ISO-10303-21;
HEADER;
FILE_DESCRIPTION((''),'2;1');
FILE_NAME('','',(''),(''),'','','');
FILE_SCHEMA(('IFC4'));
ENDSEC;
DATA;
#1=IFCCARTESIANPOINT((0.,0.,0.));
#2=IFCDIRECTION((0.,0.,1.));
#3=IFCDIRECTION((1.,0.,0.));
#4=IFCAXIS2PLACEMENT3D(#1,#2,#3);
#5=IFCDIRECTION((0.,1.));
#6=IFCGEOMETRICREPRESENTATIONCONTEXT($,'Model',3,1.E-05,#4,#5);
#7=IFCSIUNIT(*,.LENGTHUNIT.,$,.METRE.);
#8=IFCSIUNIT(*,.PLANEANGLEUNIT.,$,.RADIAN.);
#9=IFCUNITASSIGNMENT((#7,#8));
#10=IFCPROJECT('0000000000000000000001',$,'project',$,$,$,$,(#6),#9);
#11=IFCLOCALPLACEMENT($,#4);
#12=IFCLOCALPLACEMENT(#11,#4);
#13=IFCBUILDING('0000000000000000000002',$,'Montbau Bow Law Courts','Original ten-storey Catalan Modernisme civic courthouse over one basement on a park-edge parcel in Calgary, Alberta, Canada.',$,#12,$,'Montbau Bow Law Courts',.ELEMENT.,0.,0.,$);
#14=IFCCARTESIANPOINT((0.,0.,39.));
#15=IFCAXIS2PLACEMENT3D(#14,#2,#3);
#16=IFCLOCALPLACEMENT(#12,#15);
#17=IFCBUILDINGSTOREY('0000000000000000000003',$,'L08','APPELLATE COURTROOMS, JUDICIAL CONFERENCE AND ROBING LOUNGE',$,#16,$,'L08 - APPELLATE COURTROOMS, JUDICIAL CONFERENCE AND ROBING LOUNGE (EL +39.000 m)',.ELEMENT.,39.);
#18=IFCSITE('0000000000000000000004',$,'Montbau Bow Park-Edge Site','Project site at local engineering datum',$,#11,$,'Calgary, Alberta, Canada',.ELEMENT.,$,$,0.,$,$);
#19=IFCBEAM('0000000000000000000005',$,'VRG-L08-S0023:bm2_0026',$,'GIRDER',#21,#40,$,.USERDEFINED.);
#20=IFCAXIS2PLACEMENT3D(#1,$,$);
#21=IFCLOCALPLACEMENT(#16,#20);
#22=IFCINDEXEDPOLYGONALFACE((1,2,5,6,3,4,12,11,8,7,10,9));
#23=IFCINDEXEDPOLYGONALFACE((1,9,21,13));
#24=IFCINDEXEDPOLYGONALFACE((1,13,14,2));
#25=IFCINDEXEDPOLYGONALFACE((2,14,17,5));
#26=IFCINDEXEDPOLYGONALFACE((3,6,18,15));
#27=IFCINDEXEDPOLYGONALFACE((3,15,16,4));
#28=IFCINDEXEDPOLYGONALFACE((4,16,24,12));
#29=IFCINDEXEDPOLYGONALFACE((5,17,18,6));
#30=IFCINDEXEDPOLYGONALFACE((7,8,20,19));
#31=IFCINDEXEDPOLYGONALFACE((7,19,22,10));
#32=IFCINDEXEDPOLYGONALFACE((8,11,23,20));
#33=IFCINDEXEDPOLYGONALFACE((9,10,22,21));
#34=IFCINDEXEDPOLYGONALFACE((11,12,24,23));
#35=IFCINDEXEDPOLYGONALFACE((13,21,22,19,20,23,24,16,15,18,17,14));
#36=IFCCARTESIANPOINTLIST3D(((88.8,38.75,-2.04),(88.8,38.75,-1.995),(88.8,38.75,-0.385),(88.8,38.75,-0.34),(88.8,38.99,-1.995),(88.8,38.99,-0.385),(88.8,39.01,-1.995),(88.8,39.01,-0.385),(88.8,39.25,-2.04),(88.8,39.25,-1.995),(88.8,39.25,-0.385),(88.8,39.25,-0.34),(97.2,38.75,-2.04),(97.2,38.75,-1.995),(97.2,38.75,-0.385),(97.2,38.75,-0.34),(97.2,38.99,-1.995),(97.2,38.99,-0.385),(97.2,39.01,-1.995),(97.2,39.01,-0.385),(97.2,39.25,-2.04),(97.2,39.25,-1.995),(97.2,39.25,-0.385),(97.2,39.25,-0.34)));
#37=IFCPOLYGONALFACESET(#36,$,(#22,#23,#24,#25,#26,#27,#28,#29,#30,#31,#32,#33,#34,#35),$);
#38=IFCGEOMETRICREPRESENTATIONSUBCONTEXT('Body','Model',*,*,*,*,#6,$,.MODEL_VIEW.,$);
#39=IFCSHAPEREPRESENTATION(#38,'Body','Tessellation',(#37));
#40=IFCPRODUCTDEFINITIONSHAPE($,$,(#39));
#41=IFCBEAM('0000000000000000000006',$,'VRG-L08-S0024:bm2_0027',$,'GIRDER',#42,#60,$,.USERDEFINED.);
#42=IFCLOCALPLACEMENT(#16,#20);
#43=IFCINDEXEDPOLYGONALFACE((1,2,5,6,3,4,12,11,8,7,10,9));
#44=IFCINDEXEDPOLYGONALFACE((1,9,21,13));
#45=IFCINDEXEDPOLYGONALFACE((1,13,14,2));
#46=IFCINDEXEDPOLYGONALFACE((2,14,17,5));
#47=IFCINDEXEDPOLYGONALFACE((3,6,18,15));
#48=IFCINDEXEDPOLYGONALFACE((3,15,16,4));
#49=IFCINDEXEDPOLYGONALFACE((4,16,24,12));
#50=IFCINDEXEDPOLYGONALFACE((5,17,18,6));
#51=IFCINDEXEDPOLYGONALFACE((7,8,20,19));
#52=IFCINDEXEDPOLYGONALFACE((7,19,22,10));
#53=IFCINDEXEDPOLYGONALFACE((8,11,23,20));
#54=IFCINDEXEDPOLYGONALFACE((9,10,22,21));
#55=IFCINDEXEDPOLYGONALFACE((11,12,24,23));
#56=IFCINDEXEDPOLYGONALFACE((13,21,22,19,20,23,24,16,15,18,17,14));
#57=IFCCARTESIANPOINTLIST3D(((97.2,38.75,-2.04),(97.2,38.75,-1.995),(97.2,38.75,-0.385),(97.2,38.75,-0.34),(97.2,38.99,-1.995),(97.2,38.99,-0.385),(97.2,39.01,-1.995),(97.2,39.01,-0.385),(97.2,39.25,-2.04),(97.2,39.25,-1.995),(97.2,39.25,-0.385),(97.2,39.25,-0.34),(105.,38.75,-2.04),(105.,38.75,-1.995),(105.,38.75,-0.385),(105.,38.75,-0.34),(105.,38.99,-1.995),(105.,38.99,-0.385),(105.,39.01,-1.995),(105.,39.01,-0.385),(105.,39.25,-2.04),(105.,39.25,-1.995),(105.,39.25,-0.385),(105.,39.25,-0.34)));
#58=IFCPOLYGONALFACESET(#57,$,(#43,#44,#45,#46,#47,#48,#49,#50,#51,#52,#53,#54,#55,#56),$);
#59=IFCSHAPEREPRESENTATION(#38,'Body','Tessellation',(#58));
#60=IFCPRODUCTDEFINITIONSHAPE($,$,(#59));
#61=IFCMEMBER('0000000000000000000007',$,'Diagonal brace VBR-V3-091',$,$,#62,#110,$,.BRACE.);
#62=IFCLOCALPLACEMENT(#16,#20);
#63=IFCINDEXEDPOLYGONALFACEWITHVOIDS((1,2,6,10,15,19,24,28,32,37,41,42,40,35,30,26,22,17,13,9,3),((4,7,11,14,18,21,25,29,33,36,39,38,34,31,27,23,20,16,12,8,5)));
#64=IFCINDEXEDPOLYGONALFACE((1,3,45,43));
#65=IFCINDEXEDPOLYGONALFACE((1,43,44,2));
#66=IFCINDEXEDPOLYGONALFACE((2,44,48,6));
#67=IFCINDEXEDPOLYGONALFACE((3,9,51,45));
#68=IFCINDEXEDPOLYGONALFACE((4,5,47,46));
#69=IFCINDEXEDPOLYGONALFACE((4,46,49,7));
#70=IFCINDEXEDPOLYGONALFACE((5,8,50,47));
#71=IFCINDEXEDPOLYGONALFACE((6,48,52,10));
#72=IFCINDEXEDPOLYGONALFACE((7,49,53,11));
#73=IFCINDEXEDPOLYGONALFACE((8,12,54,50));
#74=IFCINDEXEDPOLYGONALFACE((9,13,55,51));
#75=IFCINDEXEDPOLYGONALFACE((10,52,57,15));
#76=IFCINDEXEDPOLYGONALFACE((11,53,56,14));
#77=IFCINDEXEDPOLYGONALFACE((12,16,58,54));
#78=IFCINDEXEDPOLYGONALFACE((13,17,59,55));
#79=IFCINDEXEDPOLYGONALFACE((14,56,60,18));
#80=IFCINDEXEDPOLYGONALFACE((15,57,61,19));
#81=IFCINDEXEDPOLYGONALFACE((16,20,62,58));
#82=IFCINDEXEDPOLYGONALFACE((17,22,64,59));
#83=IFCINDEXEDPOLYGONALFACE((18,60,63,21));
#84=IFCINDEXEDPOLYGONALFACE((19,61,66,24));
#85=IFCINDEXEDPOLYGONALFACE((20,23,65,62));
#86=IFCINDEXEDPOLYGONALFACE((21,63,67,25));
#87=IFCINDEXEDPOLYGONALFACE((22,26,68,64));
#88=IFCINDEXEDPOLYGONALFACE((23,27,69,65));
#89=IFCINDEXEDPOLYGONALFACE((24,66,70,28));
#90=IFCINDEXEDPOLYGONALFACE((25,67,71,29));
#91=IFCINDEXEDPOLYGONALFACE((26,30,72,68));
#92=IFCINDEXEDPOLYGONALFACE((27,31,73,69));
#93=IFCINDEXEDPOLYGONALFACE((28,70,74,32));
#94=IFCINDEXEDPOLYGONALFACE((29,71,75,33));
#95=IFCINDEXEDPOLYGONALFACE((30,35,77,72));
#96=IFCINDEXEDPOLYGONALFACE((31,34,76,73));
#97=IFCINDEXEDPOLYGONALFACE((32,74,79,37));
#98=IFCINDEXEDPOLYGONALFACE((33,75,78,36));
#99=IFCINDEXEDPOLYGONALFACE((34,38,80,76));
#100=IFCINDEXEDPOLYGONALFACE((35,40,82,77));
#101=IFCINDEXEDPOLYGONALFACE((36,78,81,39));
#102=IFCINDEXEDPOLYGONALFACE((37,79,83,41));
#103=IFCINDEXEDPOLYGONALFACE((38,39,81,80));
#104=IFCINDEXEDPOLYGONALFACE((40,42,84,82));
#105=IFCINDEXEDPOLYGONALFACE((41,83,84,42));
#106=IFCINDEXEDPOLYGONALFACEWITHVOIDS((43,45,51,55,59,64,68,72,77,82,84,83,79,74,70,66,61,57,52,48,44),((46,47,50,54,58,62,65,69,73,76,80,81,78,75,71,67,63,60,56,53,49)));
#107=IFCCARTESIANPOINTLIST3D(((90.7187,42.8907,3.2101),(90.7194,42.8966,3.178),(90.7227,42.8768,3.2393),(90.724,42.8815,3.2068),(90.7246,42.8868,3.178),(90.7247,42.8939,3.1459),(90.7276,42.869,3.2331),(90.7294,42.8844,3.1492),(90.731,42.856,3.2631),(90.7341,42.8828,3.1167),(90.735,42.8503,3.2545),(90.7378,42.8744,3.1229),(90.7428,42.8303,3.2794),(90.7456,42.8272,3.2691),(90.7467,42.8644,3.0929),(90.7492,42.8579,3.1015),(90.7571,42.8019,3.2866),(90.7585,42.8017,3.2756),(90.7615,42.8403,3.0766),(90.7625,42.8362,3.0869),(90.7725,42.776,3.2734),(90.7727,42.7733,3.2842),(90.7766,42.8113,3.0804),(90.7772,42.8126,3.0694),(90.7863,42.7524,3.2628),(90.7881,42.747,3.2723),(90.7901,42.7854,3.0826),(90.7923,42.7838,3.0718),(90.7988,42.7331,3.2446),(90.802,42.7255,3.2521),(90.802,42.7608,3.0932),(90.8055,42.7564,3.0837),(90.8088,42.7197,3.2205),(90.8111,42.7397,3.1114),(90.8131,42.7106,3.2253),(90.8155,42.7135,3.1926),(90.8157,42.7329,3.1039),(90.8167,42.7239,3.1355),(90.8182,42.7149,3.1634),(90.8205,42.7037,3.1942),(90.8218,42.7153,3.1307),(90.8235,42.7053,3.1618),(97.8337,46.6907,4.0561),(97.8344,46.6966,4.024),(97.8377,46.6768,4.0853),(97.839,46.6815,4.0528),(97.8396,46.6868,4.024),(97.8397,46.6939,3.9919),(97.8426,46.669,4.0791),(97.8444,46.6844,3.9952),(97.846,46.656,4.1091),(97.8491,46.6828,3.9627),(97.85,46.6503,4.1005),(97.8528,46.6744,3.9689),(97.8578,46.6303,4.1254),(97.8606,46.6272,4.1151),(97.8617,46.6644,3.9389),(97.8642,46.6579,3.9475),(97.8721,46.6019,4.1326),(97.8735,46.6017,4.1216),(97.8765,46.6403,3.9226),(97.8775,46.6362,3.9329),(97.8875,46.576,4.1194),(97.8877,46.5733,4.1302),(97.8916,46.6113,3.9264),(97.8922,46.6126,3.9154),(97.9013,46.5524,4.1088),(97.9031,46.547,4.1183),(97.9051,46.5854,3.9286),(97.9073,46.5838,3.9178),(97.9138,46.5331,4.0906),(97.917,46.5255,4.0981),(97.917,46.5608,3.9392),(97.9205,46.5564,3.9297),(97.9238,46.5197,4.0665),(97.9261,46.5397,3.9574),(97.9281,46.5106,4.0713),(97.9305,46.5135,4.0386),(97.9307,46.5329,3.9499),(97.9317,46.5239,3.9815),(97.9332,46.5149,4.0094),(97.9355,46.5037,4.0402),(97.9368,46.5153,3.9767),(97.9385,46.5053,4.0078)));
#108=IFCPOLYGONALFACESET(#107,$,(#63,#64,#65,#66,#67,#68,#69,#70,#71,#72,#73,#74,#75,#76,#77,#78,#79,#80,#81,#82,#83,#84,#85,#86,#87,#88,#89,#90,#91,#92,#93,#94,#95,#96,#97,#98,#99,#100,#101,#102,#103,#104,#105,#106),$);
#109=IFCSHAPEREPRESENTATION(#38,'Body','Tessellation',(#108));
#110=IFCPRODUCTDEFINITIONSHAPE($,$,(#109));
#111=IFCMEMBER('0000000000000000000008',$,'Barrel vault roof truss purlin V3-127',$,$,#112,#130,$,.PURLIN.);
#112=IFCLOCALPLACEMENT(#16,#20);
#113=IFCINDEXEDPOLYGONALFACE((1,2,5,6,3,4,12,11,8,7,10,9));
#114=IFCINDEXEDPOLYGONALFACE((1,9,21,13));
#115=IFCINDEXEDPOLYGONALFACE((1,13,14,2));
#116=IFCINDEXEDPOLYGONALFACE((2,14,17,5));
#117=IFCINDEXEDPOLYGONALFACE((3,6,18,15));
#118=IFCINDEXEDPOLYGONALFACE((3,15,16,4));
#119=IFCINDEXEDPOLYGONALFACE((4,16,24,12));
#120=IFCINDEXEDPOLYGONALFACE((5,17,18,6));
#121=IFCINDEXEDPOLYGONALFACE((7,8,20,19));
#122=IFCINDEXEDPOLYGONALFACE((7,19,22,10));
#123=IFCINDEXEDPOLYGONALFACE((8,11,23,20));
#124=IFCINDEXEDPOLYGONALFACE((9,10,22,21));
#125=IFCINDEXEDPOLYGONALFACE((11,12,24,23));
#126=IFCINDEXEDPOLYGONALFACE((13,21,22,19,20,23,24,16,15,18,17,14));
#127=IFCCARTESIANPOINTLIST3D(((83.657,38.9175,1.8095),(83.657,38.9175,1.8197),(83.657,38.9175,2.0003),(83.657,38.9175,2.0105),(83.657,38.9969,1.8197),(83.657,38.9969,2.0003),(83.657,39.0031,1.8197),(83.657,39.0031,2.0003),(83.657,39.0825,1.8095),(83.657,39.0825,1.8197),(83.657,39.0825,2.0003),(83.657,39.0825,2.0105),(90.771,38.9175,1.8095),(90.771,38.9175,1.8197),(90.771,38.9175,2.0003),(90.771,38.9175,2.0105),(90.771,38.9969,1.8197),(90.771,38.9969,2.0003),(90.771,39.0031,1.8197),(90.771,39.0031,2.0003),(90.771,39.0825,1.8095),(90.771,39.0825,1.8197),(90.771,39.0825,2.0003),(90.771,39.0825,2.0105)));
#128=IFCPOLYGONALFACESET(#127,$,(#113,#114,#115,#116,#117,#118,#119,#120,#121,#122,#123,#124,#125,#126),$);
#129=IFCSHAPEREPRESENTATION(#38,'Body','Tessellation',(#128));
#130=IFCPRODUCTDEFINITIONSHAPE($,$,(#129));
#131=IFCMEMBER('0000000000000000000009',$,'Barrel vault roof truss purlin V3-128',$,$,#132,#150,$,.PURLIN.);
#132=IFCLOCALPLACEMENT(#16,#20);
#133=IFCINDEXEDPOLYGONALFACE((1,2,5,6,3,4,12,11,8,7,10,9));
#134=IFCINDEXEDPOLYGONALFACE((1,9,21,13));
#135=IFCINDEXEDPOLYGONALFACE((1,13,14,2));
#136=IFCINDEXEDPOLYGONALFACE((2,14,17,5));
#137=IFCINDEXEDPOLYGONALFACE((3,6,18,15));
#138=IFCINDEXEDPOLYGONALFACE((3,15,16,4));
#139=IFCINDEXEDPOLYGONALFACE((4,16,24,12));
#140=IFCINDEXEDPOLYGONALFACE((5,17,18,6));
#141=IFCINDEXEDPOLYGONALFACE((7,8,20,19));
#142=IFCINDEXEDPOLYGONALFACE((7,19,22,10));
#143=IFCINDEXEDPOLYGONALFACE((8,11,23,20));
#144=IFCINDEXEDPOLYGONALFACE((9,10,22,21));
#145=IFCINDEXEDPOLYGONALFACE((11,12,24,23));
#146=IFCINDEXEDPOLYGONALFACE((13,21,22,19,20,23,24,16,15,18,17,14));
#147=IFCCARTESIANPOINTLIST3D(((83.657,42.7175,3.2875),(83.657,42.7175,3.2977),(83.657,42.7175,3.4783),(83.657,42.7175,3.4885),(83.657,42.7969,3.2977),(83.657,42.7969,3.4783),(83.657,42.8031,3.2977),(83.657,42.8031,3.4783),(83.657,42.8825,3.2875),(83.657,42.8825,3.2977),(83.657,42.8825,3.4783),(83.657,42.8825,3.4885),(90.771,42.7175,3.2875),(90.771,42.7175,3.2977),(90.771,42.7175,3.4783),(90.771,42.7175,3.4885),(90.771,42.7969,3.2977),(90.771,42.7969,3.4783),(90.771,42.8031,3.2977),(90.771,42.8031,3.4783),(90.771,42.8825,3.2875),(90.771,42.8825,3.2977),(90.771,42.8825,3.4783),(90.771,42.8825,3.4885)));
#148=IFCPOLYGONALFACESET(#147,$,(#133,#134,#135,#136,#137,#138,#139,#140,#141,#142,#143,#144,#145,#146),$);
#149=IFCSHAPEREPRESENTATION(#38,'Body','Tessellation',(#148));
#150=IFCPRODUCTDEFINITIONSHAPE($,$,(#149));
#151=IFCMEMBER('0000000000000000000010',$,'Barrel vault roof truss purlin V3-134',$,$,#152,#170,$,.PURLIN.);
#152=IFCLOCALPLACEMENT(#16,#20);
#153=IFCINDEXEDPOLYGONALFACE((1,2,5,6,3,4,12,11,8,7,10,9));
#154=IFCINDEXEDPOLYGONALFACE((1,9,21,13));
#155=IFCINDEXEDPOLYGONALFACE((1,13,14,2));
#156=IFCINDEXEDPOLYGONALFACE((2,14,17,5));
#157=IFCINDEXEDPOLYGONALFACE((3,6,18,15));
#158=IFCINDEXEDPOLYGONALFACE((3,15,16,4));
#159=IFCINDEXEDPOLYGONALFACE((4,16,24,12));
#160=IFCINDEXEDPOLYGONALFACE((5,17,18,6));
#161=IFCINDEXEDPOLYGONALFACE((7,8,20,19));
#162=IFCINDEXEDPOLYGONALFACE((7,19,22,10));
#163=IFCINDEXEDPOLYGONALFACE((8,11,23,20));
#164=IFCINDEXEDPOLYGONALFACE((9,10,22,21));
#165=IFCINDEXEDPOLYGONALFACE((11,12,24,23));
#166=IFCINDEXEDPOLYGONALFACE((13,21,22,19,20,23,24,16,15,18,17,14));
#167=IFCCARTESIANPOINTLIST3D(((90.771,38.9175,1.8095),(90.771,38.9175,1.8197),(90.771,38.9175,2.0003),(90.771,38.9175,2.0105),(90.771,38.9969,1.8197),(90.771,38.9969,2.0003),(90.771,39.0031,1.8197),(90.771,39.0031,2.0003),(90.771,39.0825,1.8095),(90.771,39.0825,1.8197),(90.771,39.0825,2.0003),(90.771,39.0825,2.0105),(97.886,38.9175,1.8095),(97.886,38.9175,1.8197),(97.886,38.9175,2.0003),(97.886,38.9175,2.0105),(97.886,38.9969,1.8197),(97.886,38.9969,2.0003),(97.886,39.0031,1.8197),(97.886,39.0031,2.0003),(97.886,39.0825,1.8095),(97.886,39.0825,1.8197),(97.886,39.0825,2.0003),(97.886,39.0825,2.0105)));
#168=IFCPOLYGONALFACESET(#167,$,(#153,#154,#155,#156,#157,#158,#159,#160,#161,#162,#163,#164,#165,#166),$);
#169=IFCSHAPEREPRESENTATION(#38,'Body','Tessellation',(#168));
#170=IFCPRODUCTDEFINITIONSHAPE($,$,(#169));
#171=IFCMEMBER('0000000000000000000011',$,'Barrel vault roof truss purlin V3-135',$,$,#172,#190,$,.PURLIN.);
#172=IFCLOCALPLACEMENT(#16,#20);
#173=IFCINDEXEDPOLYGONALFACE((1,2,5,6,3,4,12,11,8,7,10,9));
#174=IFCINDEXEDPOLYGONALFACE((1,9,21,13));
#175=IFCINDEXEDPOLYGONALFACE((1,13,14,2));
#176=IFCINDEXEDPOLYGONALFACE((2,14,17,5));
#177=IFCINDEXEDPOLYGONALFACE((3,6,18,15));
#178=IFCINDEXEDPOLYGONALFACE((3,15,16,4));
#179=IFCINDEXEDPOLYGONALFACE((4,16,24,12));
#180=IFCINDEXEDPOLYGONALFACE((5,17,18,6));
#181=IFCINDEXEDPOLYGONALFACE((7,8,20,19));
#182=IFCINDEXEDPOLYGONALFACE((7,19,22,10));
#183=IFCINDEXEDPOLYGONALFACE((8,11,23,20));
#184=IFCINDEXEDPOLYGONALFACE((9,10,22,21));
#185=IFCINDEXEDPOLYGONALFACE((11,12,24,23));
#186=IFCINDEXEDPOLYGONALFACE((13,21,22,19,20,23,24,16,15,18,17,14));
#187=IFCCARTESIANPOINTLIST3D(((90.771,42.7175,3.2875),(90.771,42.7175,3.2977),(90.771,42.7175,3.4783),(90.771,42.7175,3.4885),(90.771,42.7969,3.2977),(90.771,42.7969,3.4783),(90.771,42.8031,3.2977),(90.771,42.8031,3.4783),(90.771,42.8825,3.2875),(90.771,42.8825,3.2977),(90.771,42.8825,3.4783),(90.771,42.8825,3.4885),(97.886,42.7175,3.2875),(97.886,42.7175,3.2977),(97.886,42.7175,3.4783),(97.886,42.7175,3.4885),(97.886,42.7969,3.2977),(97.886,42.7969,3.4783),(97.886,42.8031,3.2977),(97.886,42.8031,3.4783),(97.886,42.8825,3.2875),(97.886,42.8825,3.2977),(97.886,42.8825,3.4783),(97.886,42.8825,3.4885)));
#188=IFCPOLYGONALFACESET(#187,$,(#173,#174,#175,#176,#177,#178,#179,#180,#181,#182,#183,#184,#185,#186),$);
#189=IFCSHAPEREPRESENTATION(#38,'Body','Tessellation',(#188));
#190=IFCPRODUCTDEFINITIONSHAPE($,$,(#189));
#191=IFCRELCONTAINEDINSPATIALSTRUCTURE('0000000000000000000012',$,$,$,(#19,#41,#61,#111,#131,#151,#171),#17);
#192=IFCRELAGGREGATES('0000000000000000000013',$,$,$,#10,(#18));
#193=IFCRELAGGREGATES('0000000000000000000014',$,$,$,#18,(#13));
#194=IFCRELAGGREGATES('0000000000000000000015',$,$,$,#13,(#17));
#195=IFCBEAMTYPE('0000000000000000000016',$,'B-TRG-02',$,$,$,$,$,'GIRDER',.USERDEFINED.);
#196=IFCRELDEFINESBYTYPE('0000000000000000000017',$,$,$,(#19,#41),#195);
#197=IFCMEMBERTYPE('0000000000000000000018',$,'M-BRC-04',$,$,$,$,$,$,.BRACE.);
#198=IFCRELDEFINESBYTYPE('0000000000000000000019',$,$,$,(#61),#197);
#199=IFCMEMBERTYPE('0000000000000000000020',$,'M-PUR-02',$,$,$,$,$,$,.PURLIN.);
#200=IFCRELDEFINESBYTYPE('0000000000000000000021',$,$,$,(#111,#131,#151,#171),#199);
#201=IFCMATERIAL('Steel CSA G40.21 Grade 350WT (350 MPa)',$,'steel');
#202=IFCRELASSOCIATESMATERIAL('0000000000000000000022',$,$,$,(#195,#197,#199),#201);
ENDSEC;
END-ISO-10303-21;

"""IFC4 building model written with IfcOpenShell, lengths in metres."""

from ifc_helpers import new_model, si_unit, direction, frame, origin_with_axes, origin_2d_with_axis, place, context, subcontext, project, spatial, hollow_circle, i_section, extrude, material, material_profile, profile_set, type_object, element, save


model = new_model("IFC4")

# Units and contexts
model_context = context("Model", 3, precision=1e-05, world=origin_with_axes(), true_north=direction((0.0, 1.0)))
body_context = subcontext(model_context, "Body", "Model", "MODEL_VIEW")
ifc_project = project(units=[si_unit("LENGTHUNIT", "METRE"), si_unit("PLANEANGLEUNIT", "RADIAN")], contexts=[model_context])

# Site, building, storey
site_placement = place(None, origin_with_axes())
site = spatial("IfcSite", under=ifc_project, at=site_placement, Name="Montbau Bow Park-Edge Site", Description="Project site at local engineering datum", LongName="Calgary, Alberta, Canada", CompositionType="ELEMENT", RefElevation=0.0)
building_placement = place(site_placement, origin_with_axes())
building = spatial("IfcBuilding", under=site, at=building_placement, Name="Montbau Bow Law Courts", Description="Original ten-storey Catalan Modernisme civic courthouse over one basement on a park-edge parcel in Calgary, Alberta, Canada.", LongName="Montbau Bow Law Courts", CompositionType="ELEMENT", ElevationOfRefHeight=0.0, ElevationOfTerrain=0.0)
storey_placement = place(building_placement, frame((0.0, 0.0, 39.0), z_axis=(0.0, 0.0, 1.0), x_axis=(1.0, 0.0, 0.0)))
storey = spatial("IfcBuildingStorey", under=building, at=storey_placement, Name="L08", Description="APPELLATE COURTROOMS, JUDICIAL CONFERENCE AND ROBING LOUNGE", LongName="L08 - APPELLATE COURTROOMS, JUDICIAL CONFERENCE AND ROBING LOUNGE (EL +39.000 m)", CompositionType="ELEMENT", Elevation=39.0)

# Beams
ifc_material_1 = material(Name="Steel CSA G40.21 Grade 350WT (350 MPa)", Category="steel")
ifc_material_profile_1 = material_profile(ifc_material_1, i_section(OverallWidth=0.5, OverallDepth=1.7, WebThickness=0.02, FlangeThickness=0.045, at=origin_2d_with_axis()), Name="WWF1700X480", Category="Main", Priority=0)
ifc_profile_set_1 = profile_set([ifc_material_profile_1], Name="Steel CSA G40.21 Grade 350WT (350 MPa)")
beam_type_1 = type_object("IfcBeamType", Name="B-TRG-02", ElementType="GIRDER", PredefinedType="USERDEFINED", material=ifc_profile_set_1)
beam_1_placement = place(None, frame((88.8, 39.0, 37.81), z_axis=(1.0, 0.0, 0.0), x_axis=(0.0, 1.0, 0.0)))
element("IfcBeam", 1, at=beam_1_placement, inside=storey, type_object=beam_type_1, Name="VRG-L08-S0023:bm2_0026", ObjectType="GIRDER", PredefinedType="USERDEFINED", context=body_context, shape_type="SweptSolid", body=[
    extrude(i_section(OverallWidth=0.5, OverallDepth=1.7, WebThickness=0.02, FlangeThickness=0.045, at=origin_2d_with_axis()), origin_with_axes(), (0.0, 0.0, 1.0), 8.4),
])
beam_2_placement = place(None, frame((97.2, 39.0, 37.81), z_axis=(1.0, 0.0, 0.0), x_axis=(0.0, 1.0, 0.0)))
element("IfcBeam", 2, at=beam_2_placement, inside=storey, type_object=beam_type_1, Name="VRG-L08-S0024:bm2_0027", ObjectType="GIRDER", PredefinedType="USERDEFINED", context=body_context, shape_type="SweptSolid", body=[
    extrude(i_section(OverallWidth=0.5, OverallDepth=1.7, WebThickness=0.02, FlangeThickness=0.045, at=origin_2d_with_axis()), origin_with_axes(), (0.0, 0.0, 1.0), 7.8),
])

# Members
ifc_material_profile_2 = material_profile(ifc_material_1, hollow_circle(Radius=0.1095, WallThickness=0.0111, at=origin_2d_with_axis()), Name="HSS219X11", Category="Main", Priority=0)
ifc_profile_set_2 = profile_set([ifc_material_profile_2], Name="Steel CSA G40.21 Grade 350WT (350 MPa)")
member_type_1 = type_object("IfcMemberType", Name="M-BRC-04", PredefinedType="BRACE", material=ifc_profile_set_2)
member_1_placement = place(None, frame((90.771, 42.8, 42.178), z_axis=(0.877266, 0.468533, 0.10431), x_axis=(-0.471103, 0.882078, 0.0)))
element("IfcMember", 3, at=member_1_placement, inside=storey, type_object=member_type_1, Name="Diagonal brace VBR-V3-091", PredefinedType="BRACE", context=body_context, shape_type="SweptSolid", body=[
    extrude(hollow_circle(Radius=0.1095, WallThickness=0.0111, at=origin_2d_with_axis()), origin_with_axes(), (0.0, 0.0, 1.0), 8.1104),
])
ifc_material_profile_3 = material_profile(ifc_material_1, i_section(OverallWidth=0.165, OverallDepth=0.201, WebThickness=0.0062, FlangeThickness=0.0102, at=origin_2d_with_axis()), Name="W200X36", Category="Main", Priority=0)
ifc_profile_set_3 = profile_set([ifc_material_profile_3], Name="Steel CSA G40.21 Grade 350WT (350 MPa)")
member_type_2 = type_object("IfcMemberType", Name="M-PUR-02", PredefinedType="PURLIN", material=ifc_profile_set_3)
for number, where, z_axis, x_axis, name in (
    (4, (83.657, 39.0, 40.91), (1.0, 0.0, 0.0), (0.0, 1.0, 0.0), "Barrel vault roof truss purlin V3-127"),
    (5, (83.657, 42.8, 42.388), (1.0, 0.0, 0.0), (0.0, 1.0, 0.0), "Barrel vault roof truss purlin V3-128"),
):
    element("IfcMember", number, at=place(None, frame(where, z_axis=z_axis, x_axis=x_axis)), inside=storey, type_object=member_type_2, Name=name, PredefinedType="PURLIN", context=body_context, shape_type="SweptSolid", body=[
        extrude(i_section(OverallWidth=0.165, OverallDepth=0.201, WebThickness=0.0062, FlangeThickness=0.0102, at=origin_2d_with_axis()), origin_with_axes(), (0.0, 0.0, 1.0), 7.114),
    ])
for number, where, z_axis, x_axis, name in (
    (6, (90.771, 39.0, 40.91), (1.0, 0.0, 0.0), (0.0, 1.0, 0.0), "Barrel vault roof truss purlin V3-134"),
    (7, (90.771, 42.8, 42.388), (1.0, 0.0, 0.0), (0.0, 1.0, 0.0), "Barrel vault roof truss purlin V3-135"),
):
    element("IfcMember", number, at=place(None, frame(where, z_axis=z_axis, x_axis=x_axis)), inside=storey, type_object=member_type_2, Name=name, PredefinedType="PURLIN", context=body_context, shape_type="SweptSolid", body=[
        extrude(i_section(OverallWidth=0.165, OverallDepth=0.201, WebThickness=0.0062, FlangeThickness=0.0102, at=origin_2d_with_axis()), origin_with_axes(), (0.0, 0.0, 1.0), 7.115),
    ])

save(model, "model.ifc")
